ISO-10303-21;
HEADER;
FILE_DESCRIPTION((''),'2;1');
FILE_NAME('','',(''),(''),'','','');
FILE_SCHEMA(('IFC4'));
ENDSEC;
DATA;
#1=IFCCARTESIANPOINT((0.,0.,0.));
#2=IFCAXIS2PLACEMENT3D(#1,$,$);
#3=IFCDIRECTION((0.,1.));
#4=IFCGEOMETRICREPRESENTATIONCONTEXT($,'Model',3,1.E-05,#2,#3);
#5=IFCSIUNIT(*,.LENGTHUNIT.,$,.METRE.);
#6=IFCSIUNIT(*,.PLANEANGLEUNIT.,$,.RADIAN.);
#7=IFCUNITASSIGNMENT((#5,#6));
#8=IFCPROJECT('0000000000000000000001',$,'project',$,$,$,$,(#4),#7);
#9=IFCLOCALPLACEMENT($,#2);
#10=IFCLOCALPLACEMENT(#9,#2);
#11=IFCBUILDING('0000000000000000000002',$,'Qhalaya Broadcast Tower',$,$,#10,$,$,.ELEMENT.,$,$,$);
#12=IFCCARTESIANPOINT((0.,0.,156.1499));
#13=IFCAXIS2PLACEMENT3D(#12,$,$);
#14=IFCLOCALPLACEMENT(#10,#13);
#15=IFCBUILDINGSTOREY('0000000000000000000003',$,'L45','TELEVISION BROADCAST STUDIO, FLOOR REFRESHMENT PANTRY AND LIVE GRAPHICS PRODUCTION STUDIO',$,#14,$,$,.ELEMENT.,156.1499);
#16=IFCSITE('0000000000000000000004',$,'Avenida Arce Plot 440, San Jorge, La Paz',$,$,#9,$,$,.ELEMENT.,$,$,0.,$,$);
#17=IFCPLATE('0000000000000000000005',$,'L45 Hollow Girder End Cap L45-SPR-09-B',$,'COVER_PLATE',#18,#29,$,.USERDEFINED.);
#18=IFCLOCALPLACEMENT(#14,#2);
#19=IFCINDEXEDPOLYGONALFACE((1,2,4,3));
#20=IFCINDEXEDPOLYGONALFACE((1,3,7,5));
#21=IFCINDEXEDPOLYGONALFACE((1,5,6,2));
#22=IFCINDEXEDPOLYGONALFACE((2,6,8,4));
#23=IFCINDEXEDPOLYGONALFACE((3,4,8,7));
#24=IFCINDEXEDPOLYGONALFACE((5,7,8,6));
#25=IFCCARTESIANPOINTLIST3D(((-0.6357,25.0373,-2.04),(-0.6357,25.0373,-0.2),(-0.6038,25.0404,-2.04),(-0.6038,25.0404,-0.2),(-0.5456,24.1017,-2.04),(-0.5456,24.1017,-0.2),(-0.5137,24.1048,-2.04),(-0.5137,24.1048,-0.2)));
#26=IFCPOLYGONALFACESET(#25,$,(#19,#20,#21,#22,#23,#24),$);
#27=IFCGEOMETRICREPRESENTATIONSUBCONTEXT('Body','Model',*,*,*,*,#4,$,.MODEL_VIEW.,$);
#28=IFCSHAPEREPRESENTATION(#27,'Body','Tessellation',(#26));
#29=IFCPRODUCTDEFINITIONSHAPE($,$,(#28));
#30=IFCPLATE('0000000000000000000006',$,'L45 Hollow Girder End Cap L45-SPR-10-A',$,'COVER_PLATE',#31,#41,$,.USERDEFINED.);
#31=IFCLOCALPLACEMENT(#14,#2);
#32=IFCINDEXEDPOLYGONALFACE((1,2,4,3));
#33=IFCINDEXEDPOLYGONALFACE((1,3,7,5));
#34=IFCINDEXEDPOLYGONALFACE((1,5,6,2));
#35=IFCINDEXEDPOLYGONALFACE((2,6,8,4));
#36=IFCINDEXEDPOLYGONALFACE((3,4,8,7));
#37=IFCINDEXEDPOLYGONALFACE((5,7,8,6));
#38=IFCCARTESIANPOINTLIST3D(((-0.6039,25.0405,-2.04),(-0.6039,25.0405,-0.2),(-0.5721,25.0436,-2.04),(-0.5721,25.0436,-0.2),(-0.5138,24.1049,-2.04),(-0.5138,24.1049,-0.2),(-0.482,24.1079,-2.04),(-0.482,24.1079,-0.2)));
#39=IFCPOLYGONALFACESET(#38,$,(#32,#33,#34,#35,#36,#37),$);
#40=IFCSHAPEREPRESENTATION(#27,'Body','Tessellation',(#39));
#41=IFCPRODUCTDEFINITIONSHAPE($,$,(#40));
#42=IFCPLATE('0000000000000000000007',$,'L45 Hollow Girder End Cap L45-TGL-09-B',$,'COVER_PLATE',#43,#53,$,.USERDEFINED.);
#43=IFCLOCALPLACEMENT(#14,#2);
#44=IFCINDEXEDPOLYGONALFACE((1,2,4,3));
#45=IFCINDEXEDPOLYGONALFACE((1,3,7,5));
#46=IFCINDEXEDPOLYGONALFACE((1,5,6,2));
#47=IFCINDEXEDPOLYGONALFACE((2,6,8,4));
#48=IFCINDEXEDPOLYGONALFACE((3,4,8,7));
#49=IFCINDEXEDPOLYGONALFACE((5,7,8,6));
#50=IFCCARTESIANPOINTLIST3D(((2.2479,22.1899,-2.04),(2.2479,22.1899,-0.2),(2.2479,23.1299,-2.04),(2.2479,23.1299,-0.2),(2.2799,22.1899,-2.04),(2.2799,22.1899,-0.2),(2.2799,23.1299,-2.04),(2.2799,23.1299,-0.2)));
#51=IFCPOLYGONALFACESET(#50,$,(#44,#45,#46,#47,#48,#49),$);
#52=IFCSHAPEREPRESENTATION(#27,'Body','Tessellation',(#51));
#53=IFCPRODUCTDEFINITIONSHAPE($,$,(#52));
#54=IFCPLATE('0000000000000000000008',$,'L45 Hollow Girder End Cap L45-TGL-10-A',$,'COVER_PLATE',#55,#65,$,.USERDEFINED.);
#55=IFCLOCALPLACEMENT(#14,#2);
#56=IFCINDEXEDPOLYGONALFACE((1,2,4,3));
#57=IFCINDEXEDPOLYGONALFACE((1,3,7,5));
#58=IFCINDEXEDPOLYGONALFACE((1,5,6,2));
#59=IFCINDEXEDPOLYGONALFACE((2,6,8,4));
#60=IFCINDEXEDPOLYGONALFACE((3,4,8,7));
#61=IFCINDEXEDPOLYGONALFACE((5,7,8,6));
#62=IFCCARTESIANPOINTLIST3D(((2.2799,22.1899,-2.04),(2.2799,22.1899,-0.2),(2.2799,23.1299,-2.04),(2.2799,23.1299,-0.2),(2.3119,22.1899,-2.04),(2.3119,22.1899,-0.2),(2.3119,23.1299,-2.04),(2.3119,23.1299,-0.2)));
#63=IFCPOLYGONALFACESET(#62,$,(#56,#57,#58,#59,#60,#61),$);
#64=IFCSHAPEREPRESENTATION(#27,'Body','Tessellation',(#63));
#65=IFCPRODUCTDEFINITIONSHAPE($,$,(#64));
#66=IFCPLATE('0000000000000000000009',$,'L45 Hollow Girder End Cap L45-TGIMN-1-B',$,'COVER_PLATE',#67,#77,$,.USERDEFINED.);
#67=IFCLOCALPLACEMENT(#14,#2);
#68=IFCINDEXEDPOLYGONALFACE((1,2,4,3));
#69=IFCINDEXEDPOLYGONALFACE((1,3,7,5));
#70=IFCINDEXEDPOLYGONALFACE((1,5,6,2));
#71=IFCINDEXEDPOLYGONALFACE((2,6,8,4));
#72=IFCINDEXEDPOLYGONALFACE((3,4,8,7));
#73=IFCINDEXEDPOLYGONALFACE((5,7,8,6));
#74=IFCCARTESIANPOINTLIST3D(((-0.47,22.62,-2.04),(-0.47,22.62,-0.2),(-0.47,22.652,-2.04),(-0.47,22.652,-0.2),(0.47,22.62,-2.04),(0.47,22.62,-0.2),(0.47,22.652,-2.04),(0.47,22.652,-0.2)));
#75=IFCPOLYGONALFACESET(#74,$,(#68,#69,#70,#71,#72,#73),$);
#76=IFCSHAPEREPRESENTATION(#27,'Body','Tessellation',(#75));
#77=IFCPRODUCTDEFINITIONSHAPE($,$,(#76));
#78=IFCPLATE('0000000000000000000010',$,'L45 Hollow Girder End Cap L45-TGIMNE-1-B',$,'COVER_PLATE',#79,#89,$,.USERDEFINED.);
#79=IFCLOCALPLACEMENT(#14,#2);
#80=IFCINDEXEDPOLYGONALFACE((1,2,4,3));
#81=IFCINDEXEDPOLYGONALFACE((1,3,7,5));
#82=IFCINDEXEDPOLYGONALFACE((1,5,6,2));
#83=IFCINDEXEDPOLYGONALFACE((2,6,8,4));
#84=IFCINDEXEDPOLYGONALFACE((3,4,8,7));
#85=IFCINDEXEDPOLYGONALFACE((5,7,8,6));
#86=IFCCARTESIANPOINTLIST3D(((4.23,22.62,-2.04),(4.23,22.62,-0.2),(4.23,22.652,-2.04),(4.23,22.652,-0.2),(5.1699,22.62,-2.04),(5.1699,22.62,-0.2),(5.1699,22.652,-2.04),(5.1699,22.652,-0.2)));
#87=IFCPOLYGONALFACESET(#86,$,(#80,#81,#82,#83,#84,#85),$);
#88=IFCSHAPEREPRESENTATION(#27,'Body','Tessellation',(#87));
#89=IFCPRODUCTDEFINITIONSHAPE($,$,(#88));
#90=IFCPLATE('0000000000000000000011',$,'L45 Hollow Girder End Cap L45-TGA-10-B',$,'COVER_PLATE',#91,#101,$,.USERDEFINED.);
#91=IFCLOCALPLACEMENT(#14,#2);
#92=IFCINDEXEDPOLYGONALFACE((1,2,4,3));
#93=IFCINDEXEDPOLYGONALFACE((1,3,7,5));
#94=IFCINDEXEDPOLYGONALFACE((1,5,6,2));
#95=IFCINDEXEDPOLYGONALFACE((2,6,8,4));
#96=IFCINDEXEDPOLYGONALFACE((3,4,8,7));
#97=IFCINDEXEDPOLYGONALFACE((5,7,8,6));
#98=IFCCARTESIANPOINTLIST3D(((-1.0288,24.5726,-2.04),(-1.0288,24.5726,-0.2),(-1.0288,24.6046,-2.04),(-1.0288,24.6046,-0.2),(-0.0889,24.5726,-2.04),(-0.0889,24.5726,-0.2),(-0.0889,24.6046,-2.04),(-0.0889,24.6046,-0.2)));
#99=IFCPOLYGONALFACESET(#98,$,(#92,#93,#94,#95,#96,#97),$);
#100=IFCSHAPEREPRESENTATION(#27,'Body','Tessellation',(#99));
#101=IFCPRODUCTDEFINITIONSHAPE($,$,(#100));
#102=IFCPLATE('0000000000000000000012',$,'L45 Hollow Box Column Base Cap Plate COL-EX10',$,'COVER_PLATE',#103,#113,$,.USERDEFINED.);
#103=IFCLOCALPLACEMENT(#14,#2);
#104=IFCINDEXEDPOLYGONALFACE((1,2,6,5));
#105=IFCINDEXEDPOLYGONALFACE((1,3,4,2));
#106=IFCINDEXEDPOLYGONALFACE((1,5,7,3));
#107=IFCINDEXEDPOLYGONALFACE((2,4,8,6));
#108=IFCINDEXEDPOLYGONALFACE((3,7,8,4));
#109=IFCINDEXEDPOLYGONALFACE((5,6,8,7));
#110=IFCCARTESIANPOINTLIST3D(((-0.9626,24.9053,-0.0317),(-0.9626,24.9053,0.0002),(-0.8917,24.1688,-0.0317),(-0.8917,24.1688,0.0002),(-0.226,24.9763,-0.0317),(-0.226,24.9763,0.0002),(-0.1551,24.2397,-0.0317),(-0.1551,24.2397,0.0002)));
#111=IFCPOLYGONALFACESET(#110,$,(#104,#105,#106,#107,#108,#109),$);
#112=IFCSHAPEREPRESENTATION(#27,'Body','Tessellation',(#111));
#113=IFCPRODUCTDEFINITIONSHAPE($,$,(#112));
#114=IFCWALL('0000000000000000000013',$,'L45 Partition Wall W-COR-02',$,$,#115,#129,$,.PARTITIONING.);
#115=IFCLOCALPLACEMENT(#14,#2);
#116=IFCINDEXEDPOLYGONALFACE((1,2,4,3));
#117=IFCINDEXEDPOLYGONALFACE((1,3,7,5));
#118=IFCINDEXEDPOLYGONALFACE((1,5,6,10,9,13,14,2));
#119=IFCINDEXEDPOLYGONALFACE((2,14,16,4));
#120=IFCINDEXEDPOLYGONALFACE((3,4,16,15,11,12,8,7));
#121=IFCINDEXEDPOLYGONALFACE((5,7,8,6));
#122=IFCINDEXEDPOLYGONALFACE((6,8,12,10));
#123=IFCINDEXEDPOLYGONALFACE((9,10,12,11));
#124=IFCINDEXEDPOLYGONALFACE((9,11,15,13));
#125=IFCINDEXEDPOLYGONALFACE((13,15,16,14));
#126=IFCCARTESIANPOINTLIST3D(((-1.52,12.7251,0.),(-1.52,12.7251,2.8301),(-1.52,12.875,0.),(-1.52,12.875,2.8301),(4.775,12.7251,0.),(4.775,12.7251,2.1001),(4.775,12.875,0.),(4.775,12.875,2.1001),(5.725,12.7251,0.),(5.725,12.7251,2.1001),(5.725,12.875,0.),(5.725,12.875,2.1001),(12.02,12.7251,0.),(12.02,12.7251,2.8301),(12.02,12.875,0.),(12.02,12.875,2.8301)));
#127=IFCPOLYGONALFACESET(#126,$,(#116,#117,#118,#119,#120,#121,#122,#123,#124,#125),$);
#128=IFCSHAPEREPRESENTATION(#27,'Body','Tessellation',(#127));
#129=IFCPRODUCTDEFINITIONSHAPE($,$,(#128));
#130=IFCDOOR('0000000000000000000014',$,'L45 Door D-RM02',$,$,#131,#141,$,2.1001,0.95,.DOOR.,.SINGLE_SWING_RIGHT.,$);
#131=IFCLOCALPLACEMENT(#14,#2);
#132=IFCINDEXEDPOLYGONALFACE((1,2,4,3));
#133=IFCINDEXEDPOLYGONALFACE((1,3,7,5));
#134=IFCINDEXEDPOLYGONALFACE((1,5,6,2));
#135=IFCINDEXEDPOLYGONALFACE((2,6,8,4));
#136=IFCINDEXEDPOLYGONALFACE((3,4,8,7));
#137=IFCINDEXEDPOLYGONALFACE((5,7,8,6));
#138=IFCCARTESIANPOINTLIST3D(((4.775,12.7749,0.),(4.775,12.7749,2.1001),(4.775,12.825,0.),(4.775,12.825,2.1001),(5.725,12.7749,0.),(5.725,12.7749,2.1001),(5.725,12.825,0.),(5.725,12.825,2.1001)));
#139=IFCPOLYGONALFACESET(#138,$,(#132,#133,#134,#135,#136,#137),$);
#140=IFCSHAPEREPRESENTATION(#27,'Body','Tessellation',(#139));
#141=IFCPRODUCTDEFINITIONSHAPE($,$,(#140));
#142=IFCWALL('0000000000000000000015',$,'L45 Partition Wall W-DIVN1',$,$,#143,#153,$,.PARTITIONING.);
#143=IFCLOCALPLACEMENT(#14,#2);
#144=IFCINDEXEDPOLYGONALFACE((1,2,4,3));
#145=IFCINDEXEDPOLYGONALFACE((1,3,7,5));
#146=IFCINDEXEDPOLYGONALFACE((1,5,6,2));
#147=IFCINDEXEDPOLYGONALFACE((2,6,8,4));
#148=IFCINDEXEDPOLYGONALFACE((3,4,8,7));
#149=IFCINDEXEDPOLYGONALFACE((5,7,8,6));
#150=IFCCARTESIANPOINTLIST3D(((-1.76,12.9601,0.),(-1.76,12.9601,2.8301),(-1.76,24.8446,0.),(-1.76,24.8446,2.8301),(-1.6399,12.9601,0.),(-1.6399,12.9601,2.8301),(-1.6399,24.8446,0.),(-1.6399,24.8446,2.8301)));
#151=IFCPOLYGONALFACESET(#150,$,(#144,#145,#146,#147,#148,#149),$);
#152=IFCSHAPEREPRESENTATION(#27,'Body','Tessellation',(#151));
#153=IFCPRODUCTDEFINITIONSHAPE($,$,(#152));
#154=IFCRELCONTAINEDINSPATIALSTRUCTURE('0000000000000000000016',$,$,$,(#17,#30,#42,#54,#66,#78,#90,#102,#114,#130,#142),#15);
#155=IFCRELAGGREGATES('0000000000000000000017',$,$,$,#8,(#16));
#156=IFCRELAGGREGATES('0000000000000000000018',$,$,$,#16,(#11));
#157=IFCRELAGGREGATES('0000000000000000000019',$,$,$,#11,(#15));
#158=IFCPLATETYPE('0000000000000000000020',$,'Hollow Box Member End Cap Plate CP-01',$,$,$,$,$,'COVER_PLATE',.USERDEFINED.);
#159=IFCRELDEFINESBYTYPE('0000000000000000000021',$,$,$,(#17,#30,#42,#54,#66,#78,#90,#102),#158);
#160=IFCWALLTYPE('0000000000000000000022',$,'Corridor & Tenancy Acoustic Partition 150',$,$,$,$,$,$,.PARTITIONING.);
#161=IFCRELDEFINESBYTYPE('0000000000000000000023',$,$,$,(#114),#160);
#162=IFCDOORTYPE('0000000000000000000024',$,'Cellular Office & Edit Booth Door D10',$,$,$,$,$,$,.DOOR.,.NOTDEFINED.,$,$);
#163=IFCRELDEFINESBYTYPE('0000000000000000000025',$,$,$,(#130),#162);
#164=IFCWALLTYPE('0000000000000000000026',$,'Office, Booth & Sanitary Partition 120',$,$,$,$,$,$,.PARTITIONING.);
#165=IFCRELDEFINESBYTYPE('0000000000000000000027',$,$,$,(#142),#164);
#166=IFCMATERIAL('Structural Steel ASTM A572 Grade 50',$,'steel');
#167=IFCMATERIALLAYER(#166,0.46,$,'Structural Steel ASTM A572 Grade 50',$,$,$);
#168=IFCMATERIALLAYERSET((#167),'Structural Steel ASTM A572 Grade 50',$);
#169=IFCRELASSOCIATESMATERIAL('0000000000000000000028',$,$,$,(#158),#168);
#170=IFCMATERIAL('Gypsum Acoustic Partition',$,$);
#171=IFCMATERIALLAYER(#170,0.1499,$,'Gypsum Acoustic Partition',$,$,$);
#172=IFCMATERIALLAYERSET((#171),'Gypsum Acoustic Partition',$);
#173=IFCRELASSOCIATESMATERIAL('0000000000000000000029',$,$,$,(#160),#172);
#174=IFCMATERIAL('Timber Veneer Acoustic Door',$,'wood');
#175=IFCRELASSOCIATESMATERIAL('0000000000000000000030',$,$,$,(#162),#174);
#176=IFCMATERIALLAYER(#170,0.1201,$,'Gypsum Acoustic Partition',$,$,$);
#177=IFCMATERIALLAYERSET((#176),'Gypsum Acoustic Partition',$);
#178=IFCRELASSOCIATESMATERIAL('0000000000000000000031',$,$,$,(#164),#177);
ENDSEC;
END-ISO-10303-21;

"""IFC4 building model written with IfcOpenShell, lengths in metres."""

from ifc_helpers import new_model, si_unit, direction, frame, frame_2d, origin, origin_2d, place, context, subcontext, project, spatial, rectangle, extrude, material, layer, layer_set, type_object, element, fill, save


model = new_model("IFC4")

# Units and contexts
model_context = context("Model", 3, precision=1e-05, world=origin(), true_north=direction((0.0, 1.0)))
body_context = subcontext(model_context, "Body", "Model", "MODEL_VIEW")
ifc_project = project(units=[si_unit("LENGTHUNIT", "METRE"), si_unit("PLANEANGLEUNIT", "RADIAN")], contexts=[model_context])

# Site, building, storey
site_placement = place(None, origin())
site = spatial("IfcSite", under=ifc_project, at=site_placement, Name="Avenida Arce Plot 440, San Jorge, La Paz", CompositionType="ELEMENT", RefElevation=0.0)
building_placement = place(site_placement, origin())
building = spatial("IfcBuilding", under=site, at=building_placement, Name="Qhalaya Broadcast Tower", CompositionType="ELEMENT")
storey_placement = place(building_placement, frame((0.0, 0.0, 156.1499)))
storey = spatial("IfcBuildingStorey", under=building, at=storey_placement, Name="L45", Description="TELEVISION BROADCAST STUDIO, FLOOR REFRESHMENT PANTRY AND LIVE GRAPHICS PRODUCTION STUDIO", CompositionType="ELEMENT", Elevation=156.1499)

# Shared definitions
ifc_material_1 = material(Name="Structural Steel ASTM A572 Grade 50", Category="steel")

# Plates
ifc_layer_1 = layer(ifc_material_1, 0.46, Name="Structural Steel ASTM A572 Grade 50")
ifc_layer_set_1 = layer_set([ifc_layer_1], Name="Structural Steel ASTM A572 Grade 50")
plate_type = type_object("IfcPlateType", Name="Hollow Box Member End Cap Plate CP-01", ElementType="COVER_PLATE", PredefinedType="USERDEFINED", material=ifc_layer_set_1)
for number, where, z_axis, x_axis, name in (
    (1, (-0.5747, 24.571, -2.04), (0.0, 0.0, 1.0), (0.095846, -0.995396, 0.0), "L45 Hollow Girder End Cap L45-SPR-09-B"),
    (2, (-0.543, 24.5742, -2.04), (0.0, 0.0, 1.0), (0.095846, -0.995396, 0.0), "L45 Hollow Girder End Cap L45-SPR-10-A"),
    (3, (2.2639, 22.6599, -2.04), (0.0, 0.0, 1.0), (0.0, -1.0, 0.0), "L45 Hollow Girder End Cap L45-TGL-09-B"),
    (4, (2.2959, 22.6599, -2.04), (0.0, 0.0, 1.0), (0.0, -1.0, 0.0), "L45 Hollow Girder End Cap L45-TGL-10-A"),
    (5, (0.0, 22.636, -2.04), (0.0, 0.0, 1.0), (-1.0, 0.0, 0.0), "L45 Hollow Girder End Cap L45-TGIMN-1-B"),
    (6, (4.7, 22.636, -2.04), (0.0, 0.0, 1.0), (-1.0, 0.0, 0.0), "L45 Hollow Girder End Cap L45-TGIMNE-1-B"),
    (7, (-0.5588, 24.5886, -2.04), (0.0, 0.0, 1.0), (-1.0, 0.0, 0.0), "L45 Hollow Girder End Cap L45-TGA-10-B"),
):
    element("IfcPlate", number, at=place(storey_placement, frame(where, z_axis=z_axis, x_axis=x_axis)), inside=storey, type_object=plate_type, Name=name, ObjectType="COVER_PLATE", PredefinedType="USERDEFINED", context=body_context, shape_type="SweptSolid", body=[
        extrude(rectangle(XDim=0.9399, YDim=0.032, at=origin_2d()), origin(), (0.0, 0.0, 1.0), 1.8401),
    ])
plate_placement = place(storey_placement, frame((-0.5588, 24.5725, -0.0317), z_axis=(0.0, 0.0, 1.0), x_axis=(0.995396, 0.095846, 0.0)))
element("IfcPlate", 8, at=plate_placement, inside=storey, type_object=plate_type, Name="L45 Hollow Box Column Base Cap Plate COL-EX10", ObjectType="COVER_PLATE", PredefinedType="USERDEFINED", context=body_context, shape_type="SweptSolid", body=[
    extrude(rectangle(XDim=0.74, YDim=0.74, at=origin_2d()), origin(), (0.0, 0.0, 1.0), 0.032),
])

# Wall, opening, door
ifc_material_2 = material(Name="Gypsum Acoustic Partition")
ifc_layer_2 = layer(ifc_material_2, 0.1499, Name="Gypsum Acoustic Partition")
ifc_layer_set_2 = layer_set([ifc_layer_2], Name="Gypsum Acoustic Partition")
wall_type_1 = type_object("IfcWallType", Name="Corridor & Tenancy Acoustic Partition 150", PredefinedType="PARTITIONING", material=ifc_layer_set_2)
wall_1_placement = place(storey_placement, frame((-1.52, 12.8, 0.0), z_axis=(0.0, 0.0, 1.0), x_axis=(1.0, 0.0, 0.0)))
wall_1 = element("IfcWall", 9, at=wall_1_placement, inside=storey, type_object=wall_type_1, Name="L45 Partition Wall W-COR-02", PredefinedType="PARTITIONING", context=body_context, shape_type="SweptSolid", body=[
    extrude(rectangle(XDim=13.54, YDim=0.1499, at=frame_2d((6.77, 0.0))), origin(), (0.0, 0.0, 1.0), 2.8301),
])
opening_placement = place(wall_1_placement, frame((6.2949, 0.0, 0.0)))
opening = element("IfcOpeningElement", 10, at=opening_placement, cuts=wall_1, PredefinedType="OPENING", context=body_context, shape_type="SweptSolid", body=[
    extrude(rectangle(XDim=0.95, YDim=2.1001, at=frame_2d((0.4751, 1.05))), frame((0.0, 0.0869, 0.0), z_axis=(0.0, -1.0, 0.0), x_axis=(1.0, 0.0, 0.0)), (0.0, 0.0, 1.0), 0.1738),
])
ifc_material_3 = material(Name="Timber Veneer Acoustic Door", Category="wood")
door_type = type_object("IfcDoorType", Name="Cellular Office & Edit Booth Door D10", OperationType="NOTDEFINED", PredefinedType="DOOR", material=ifc_material_3)
door_placement = place(opening_placement, origin())
door = element("IfcDoor", 11, at=door_placement, inside=storey, type_object=door_type, Name="L45 Door D-RM02", OperationType="SINGLE_SWING_RIGHT", OverallHeight=2.1001, OverallWidth=0.95, PredefinedType="DOOR", context=body_context, shape_type="SweptSolid", body=[
    extrude(rectangle(XDim=0.95, YDim=2.1001, at=frame_2d((0.4751, 1.05))), frame((0.0, 0.0249, 0.0), z_axis=(0.0, -1.0, 0.0), x_axis=(1.0, 0.0, 0.0)), (0.0, 0.0, 1.0), 0.05),
])
fill(opening, door)

# Wall
ifc_layer_3 = layer(ifc_material_2, 0.1201, Name="Gypsum Acoustic Partition")
ifc_layer_set_3 = layer_set([ifc_layer_3], Name="Gypsum Acoustic Partition")
wall_type_2 = type_object("IfcWallType", Name="Office, Booth & Sanitary Partition 120", PredefinedType="PARTITIONING", material=ifc_layer_set_3)
wall_2_placement = place(storey_placement, frame((-1.7, 12.96, 0.0), z_axis=(0.0, 0.0, 1.0), x_axis=(0.0, 1.0, 0.0)))
element("IfcWall", 12, at=wall_2_placement, inside=storey, type_object=wall_type_2, Name="L45 Partition Wall W-DIVN1", PredefinedType="PARTITIONING", context=body_context, shape_type="SweptSolid", body=[
    extrude(rectangle(XDim=11.8845, YDim=0.1201, at=frame_2d((5.9424, 0.0))), origin(), (0.0, 0.0, 1.0), 2.8301),
])

save(model, "model.ifc")
